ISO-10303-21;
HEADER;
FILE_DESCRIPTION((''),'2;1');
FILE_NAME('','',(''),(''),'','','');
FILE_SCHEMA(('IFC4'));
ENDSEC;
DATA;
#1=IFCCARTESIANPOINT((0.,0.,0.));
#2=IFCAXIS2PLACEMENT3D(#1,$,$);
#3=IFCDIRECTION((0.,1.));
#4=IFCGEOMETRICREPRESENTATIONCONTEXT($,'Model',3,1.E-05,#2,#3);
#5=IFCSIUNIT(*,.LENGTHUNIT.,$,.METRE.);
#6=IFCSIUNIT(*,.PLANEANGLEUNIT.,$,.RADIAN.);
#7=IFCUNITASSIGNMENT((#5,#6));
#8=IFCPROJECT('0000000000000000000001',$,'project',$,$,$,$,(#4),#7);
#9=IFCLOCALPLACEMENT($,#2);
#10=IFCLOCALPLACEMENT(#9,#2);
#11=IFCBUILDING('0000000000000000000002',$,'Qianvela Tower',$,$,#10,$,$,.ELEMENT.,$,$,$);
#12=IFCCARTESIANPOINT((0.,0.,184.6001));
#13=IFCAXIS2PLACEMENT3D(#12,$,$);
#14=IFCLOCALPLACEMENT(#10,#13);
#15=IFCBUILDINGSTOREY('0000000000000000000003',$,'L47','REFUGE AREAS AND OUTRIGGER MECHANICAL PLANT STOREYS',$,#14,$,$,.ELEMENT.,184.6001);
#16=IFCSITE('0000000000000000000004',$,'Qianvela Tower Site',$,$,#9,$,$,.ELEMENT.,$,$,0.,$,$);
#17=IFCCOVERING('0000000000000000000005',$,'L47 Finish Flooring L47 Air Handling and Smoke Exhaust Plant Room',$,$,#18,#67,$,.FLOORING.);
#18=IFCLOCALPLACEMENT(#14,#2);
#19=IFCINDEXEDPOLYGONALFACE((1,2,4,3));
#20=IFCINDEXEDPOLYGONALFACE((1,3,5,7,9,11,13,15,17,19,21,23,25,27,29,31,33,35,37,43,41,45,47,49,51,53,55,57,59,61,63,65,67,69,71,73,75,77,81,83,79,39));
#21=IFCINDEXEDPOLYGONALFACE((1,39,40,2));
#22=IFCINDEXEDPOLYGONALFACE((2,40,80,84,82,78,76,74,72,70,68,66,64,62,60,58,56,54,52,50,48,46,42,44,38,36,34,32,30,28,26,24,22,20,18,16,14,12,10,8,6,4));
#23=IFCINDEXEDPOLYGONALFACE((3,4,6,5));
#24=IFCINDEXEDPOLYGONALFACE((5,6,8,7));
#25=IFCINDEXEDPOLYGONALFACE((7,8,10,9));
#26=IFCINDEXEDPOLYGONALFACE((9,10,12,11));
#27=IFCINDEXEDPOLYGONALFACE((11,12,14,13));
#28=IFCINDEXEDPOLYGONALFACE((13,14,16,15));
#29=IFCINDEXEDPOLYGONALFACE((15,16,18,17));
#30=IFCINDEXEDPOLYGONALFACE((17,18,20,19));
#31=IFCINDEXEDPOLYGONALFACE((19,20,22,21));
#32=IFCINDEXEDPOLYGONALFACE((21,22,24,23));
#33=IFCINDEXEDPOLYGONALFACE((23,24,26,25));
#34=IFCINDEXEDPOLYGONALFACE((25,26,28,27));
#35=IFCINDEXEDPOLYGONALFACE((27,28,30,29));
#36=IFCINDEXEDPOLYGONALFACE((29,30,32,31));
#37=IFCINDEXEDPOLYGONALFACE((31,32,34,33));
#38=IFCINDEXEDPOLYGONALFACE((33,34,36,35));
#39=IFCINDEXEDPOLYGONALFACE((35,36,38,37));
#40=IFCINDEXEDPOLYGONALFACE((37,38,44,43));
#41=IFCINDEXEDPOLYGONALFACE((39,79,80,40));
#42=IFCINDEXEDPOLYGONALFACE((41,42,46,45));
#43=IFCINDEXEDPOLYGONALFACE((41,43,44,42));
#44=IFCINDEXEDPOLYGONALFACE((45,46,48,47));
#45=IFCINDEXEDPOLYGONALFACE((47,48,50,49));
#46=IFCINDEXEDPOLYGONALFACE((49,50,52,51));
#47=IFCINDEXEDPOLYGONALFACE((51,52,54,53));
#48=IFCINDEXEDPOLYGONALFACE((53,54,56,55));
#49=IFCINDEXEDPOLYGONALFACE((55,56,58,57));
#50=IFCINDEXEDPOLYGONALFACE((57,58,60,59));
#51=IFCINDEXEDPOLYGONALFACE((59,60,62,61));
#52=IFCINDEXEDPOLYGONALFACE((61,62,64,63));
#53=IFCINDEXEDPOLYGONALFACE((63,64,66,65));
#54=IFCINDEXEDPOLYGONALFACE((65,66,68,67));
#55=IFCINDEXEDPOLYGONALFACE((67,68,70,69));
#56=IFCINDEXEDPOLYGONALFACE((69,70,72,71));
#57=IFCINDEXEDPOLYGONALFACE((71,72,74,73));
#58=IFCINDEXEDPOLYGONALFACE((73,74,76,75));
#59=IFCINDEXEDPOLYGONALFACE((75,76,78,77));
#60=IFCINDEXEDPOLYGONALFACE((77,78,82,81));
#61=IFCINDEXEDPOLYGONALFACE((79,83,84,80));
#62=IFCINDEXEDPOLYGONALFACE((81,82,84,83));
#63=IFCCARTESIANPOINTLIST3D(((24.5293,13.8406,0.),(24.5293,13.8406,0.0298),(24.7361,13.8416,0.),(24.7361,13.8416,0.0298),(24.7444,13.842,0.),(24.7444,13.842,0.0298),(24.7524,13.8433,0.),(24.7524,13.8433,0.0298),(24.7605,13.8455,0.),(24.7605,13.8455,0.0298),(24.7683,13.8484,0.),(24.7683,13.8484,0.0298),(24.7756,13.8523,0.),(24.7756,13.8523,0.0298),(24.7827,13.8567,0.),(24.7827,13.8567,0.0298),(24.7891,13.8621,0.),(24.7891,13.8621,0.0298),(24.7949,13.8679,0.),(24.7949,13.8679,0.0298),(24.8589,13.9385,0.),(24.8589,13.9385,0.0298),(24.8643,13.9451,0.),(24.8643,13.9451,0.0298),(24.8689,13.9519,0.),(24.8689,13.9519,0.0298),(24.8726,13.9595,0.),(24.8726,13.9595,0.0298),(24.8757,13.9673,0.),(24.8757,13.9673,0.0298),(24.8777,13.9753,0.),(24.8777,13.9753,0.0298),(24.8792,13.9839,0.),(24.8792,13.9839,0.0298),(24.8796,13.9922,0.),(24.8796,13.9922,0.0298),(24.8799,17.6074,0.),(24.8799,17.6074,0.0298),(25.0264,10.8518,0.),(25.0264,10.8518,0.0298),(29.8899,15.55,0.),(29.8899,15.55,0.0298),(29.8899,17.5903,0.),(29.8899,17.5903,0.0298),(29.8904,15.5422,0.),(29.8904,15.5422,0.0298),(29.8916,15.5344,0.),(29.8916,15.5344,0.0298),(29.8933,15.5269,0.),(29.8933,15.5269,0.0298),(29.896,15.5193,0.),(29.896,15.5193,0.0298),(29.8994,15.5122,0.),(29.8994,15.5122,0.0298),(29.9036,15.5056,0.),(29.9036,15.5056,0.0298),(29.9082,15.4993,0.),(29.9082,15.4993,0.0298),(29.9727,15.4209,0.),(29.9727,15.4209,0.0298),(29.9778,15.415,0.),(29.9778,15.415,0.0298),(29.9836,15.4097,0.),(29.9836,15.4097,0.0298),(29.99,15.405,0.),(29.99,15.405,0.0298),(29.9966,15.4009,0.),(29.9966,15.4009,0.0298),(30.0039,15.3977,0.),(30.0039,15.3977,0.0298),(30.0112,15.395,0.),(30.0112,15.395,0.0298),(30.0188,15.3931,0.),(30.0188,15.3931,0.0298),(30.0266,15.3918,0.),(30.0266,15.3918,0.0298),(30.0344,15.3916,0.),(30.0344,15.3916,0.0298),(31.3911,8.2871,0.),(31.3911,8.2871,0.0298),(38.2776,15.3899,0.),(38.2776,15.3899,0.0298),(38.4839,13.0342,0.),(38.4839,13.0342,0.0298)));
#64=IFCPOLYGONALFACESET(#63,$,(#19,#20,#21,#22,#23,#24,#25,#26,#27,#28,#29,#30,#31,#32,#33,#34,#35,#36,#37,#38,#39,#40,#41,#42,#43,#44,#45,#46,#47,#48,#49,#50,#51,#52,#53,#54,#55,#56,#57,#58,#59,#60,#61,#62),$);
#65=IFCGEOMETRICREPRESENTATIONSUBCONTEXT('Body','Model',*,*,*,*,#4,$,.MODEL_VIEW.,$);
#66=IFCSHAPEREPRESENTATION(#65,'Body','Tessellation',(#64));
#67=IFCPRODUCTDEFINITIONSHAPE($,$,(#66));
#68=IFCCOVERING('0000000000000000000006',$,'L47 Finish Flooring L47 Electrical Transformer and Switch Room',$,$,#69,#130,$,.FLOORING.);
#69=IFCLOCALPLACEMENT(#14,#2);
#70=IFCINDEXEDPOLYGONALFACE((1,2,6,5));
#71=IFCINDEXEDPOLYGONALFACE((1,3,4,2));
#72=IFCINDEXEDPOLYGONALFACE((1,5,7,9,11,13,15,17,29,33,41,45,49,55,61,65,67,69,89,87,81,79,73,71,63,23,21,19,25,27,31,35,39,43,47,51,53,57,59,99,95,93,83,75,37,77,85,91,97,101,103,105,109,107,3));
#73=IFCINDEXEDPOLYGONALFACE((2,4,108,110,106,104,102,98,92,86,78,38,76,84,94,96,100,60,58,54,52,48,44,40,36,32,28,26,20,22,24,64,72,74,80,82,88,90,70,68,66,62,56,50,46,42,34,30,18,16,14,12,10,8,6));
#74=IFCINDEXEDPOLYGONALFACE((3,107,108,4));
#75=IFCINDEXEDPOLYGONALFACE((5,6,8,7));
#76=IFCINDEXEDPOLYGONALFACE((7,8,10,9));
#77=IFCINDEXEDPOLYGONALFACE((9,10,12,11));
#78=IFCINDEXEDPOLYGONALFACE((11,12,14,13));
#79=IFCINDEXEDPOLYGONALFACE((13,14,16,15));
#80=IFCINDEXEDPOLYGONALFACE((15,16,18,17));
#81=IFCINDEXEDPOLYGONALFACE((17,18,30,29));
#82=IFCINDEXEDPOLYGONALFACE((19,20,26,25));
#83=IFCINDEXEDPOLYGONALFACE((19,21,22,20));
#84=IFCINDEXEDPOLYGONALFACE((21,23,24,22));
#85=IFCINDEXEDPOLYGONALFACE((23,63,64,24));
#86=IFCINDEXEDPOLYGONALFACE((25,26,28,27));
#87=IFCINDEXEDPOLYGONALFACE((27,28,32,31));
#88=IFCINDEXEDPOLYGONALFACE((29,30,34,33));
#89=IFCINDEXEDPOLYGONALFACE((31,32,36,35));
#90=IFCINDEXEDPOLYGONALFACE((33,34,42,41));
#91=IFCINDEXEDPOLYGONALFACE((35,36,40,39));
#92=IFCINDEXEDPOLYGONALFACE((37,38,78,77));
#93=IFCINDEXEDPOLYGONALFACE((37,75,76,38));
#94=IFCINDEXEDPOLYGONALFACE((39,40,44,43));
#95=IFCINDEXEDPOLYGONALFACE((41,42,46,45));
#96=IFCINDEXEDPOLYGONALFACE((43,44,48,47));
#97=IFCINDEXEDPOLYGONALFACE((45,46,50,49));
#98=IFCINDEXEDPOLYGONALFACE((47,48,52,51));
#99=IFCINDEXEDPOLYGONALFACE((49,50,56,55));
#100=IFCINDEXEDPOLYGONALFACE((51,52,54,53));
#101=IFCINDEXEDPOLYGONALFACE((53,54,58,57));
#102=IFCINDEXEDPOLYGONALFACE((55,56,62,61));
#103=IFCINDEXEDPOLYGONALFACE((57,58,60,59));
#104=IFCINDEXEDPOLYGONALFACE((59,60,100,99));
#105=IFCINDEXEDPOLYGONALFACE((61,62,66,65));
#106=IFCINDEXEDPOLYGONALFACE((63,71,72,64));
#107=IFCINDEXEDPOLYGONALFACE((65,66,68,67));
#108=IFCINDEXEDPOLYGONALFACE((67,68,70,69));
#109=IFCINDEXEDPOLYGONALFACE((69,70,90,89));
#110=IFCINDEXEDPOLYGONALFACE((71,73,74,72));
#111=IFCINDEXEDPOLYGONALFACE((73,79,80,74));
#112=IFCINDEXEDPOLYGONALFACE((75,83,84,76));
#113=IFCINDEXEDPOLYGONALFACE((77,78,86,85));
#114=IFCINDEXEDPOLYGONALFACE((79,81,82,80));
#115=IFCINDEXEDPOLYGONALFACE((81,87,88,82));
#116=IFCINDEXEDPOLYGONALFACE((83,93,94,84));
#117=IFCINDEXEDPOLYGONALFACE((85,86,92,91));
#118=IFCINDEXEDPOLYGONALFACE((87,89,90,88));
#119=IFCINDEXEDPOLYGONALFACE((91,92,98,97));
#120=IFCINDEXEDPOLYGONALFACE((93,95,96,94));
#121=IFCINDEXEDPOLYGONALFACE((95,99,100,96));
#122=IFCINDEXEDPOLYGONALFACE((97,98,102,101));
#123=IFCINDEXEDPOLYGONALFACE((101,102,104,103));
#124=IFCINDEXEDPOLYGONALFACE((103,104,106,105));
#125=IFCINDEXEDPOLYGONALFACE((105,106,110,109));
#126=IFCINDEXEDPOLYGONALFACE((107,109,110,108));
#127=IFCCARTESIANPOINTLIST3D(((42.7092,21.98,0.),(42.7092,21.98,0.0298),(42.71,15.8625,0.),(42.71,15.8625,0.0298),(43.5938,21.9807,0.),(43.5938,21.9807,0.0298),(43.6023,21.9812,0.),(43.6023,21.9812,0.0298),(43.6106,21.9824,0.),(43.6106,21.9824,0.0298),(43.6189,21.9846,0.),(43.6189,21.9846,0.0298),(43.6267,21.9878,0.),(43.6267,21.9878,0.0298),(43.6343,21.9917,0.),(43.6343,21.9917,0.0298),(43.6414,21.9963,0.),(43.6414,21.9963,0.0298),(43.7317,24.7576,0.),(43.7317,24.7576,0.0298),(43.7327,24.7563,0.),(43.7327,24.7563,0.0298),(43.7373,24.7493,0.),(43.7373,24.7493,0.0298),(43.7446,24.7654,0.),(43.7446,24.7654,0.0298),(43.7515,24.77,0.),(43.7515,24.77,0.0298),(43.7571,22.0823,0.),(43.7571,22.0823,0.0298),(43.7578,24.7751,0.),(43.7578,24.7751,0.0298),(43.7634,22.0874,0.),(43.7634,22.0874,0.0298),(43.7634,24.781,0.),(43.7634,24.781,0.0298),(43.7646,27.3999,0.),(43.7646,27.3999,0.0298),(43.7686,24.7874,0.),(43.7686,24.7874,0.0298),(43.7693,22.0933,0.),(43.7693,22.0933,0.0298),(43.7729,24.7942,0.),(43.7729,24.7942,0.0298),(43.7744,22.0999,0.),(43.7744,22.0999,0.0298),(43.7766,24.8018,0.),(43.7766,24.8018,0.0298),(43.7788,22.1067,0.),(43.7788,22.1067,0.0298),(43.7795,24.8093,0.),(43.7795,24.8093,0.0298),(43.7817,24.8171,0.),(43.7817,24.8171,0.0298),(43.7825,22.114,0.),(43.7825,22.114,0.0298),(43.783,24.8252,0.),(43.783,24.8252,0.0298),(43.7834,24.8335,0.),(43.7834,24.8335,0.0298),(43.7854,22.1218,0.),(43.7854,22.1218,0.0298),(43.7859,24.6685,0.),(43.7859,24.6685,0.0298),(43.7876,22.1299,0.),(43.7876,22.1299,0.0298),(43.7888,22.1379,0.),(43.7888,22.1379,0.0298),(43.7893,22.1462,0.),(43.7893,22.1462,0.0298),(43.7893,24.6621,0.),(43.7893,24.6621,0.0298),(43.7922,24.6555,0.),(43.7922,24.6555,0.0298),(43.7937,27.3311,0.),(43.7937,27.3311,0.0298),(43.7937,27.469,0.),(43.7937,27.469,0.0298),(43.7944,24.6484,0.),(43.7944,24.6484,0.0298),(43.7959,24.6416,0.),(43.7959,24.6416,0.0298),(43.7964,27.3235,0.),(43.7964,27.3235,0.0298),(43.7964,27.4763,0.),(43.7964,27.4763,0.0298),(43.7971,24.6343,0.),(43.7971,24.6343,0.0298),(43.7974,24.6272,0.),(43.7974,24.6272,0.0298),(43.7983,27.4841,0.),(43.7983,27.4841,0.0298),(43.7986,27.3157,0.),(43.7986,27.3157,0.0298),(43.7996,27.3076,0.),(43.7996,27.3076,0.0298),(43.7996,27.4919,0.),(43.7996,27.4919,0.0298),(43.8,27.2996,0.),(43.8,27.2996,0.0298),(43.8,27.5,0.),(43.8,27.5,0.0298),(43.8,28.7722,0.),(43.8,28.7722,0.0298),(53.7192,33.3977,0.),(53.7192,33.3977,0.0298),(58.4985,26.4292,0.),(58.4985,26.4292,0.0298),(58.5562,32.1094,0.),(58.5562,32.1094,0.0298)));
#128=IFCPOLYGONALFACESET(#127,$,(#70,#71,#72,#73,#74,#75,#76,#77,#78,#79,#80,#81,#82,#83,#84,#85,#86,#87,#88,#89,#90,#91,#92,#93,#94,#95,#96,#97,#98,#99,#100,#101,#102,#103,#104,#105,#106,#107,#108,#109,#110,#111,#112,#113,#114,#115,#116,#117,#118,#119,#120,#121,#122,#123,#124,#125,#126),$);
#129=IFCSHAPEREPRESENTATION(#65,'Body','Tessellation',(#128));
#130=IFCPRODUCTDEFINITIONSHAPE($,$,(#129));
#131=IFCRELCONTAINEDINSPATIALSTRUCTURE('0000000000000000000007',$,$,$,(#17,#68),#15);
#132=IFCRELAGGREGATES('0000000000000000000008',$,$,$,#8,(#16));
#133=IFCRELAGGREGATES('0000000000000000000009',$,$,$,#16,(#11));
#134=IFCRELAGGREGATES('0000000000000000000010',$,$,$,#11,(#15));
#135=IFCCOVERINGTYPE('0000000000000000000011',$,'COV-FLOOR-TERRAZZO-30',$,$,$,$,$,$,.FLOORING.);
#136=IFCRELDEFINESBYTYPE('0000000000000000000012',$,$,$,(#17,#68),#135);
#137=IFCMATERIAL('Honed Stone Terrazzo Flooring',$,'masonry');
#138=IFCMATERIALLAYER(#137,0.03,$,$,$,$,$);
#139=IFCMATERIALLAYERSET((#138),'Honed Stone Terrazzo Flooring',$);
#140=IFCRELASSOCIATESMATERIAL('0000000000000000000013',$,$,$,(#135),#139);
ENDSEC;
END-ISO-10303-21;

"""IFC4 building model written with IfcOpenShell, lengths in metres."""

from ifc_helpers import new_model, si_unit, direction, frame, origin, place, context, subcontext, project, spatial, polyline, outline, extrude, material, layer, layer_set, type_object, element, save


model = new_model("IFC4")

# Units and contexts
model_context = context("Model", 3, precision=1e-05, world=origin(), true_north=direction((0.0, 1.0)))
body_context = subcontext(model_context, "Body", "Model", "MODEL_VIEW")
ifc_project = project(units=[si_unit("LENGTHUNIT", "METRE"), si_unit("PLANEANGLEUNIT", "RADIAN")], contexts=[model_context])

# Site, building, storey
site_placement = place(None, origin())
site = spatial("IfcSite", under=ifc_project, at=site_placement, Name="Qianvela Tower Site", CompositionType="ELEMENT", RefElevation=0.0)
building_placement = place(site_placement, origin())
building = spatial("IfcBuilding", under=site, at=building_placement, Name="Qianvela Tower", CompositionType="ELEMENT")
storey_placement = place(building_placement, frame((0.0, 0.0, 184.6001)))
storey = spatial("IfcBuildingStorey", under=building, at=storey_placement, Name="L47", Description="REFUGE AREAS AND OUTRIGGER MECHANICAL PLANT STOREYS", CompositionType="ELEMENT", Elevation=184.6001)

# Coverings
ifc_material_1 = material(Name="Honed Stone Terrazzo Flooring", Category="masonry")
ifc_layer_1 = layer(ifc_material_1, 0.03)
ifc_layer_set_1 = layer_set([ifc_layer_1], Name="Honed Stone Terrazzo Flooring")
covering_type_1 = type_object("IfcCoveringType", Name="COV-FLOOR-TERRAZZO-30", PredefinedType="FLOORING", material=ifc_layer_set_1)
covering_1_placement = place(storey_placement, origin())
element("IfcCovering", 1, at=covering_1_placement, inside=storey, type_object=covering_type_1, Name="L47 Finish Flooring L47 Air Handling and Smoke Exhaust Plant Room", PredefinedType="FLOORING", context=body_context, shape_type="SweptSolid", body=[
    extrude(outline(polyline([(24.5293, 13.8406), (24.7361, 13.8416), (24.7444, 13.842), (24.7524, 13.8433), (24.7605, 13.8455), (24.7683, 13.8484), (24.7756, 13.8523), (24.7827, 13.8567), (24.7891, 13.8621), (24.7949, 13.8679), (24.8589, 13.9385), (24.8643, 13.9451), (24.8689, 13.9519), (24.8726, 13.9595), (24.8757, 13.9673), (24.8777, 13.9753), (24.8792, 13.9839), (24.8796, 13.9922), (24.8799, 17.6074), (29.8899, 17.5903), (29.8899, 15.55), (29.8904, 15.5422), (29.8916, 15.5344), (29.8933, 15.5269), (29.896, 15.5193), (29.8994, 15.5122), (29.9036, 15.5056), (29.9082, 15.4993), (29.9727, 15.4209), (29.9778, 15.415), (29.9836, 15.4097), (29.99, 15.405), (29.9966, 15.4009), (30.0039, 15.3977), (30.0112, 15.395), (30.0188, 15.3931), (30.0266, 15.3918), (30.0344, 15.3916), (38.2776, 15.3899), (38.4839, 13.0342), (31.3911, 8.2871), (25.0264, 10.8518), (24.5293, 13.8406)])), origin(), (0.0, 0.0, 1.0), 0.0298),
])
covering_2_placement = place(storey_placement, origin())
element("IfcCovering", 2, at=covering_2_placement, inside=storey, type_object=covering_type_1, Name="L47 Finish Flooring L47 Electrical Transformer and Switch Room", PredefinedType="FLOORING", context=body_context, shape_type="SweptSolid", body=[
    extrude(outline(polyline([(42.7092, 21.98), (43.5938, 21.9807), (43.6023, 21.9812), (43.6106, 21.9824), (43.6189, 21.9846), (43.6267, 21.9878), (43.6343, 21.9917), (43.6414, 21.9963), (43.7571, 22.0823), (43.7634, 22.0874), (43.7693, 22.0933), (43.7744, 22.0999), (43.7788, 22.1067), (43.7825, 22.114), (43.7854, 22.1218), (43.7876, 22.1299), (43.7888, 22.1379), (43.7893, 22.1462), (43.7974, 24.6272), (43.7971, 24.6343), (43.7959, 24.6416), (43.7944, 24.6484), (43.7922, 24.6555), (43.7893, 24.6621), (43.7859, 24.6685), (43.7373, 24.7493), (43.7327, 24.7563), (43.7317, 24.7576), (43.7446, 24.7654), (43.7515, 24.77), (43.7578, 24.7751), (43.7634, 24.781), (43.7686, 24.7874), (43.7729, 24.7942), (43.7766, 24.8018), (43.7795, 24.8093), (43.7817, 24.8171), (43.783, 24.8252), (43.7834, 24.8335), (43.8, 27.2996), (43.7996, 27.3076), (43.7986, 27.3157), (43.7964, 27.3235), (43.7937, 27.3311), (43.7646, 27.3999), (43.7937, 27.469), (43.7964, 27.4763), (43.7983, 27.4841), (43.7996, 27.4919), (43.8, 27.5), (43.8, 28.7722), (53.7192, 33.3977), (58.5562, 32.1094), (58.4985, 26.4292), (42.71, 15.8625), (42.7092, 21.98)])), origin(), (0.0, 0.0, 1.0), 0.0298),
])

save(model, "model.ifc")
